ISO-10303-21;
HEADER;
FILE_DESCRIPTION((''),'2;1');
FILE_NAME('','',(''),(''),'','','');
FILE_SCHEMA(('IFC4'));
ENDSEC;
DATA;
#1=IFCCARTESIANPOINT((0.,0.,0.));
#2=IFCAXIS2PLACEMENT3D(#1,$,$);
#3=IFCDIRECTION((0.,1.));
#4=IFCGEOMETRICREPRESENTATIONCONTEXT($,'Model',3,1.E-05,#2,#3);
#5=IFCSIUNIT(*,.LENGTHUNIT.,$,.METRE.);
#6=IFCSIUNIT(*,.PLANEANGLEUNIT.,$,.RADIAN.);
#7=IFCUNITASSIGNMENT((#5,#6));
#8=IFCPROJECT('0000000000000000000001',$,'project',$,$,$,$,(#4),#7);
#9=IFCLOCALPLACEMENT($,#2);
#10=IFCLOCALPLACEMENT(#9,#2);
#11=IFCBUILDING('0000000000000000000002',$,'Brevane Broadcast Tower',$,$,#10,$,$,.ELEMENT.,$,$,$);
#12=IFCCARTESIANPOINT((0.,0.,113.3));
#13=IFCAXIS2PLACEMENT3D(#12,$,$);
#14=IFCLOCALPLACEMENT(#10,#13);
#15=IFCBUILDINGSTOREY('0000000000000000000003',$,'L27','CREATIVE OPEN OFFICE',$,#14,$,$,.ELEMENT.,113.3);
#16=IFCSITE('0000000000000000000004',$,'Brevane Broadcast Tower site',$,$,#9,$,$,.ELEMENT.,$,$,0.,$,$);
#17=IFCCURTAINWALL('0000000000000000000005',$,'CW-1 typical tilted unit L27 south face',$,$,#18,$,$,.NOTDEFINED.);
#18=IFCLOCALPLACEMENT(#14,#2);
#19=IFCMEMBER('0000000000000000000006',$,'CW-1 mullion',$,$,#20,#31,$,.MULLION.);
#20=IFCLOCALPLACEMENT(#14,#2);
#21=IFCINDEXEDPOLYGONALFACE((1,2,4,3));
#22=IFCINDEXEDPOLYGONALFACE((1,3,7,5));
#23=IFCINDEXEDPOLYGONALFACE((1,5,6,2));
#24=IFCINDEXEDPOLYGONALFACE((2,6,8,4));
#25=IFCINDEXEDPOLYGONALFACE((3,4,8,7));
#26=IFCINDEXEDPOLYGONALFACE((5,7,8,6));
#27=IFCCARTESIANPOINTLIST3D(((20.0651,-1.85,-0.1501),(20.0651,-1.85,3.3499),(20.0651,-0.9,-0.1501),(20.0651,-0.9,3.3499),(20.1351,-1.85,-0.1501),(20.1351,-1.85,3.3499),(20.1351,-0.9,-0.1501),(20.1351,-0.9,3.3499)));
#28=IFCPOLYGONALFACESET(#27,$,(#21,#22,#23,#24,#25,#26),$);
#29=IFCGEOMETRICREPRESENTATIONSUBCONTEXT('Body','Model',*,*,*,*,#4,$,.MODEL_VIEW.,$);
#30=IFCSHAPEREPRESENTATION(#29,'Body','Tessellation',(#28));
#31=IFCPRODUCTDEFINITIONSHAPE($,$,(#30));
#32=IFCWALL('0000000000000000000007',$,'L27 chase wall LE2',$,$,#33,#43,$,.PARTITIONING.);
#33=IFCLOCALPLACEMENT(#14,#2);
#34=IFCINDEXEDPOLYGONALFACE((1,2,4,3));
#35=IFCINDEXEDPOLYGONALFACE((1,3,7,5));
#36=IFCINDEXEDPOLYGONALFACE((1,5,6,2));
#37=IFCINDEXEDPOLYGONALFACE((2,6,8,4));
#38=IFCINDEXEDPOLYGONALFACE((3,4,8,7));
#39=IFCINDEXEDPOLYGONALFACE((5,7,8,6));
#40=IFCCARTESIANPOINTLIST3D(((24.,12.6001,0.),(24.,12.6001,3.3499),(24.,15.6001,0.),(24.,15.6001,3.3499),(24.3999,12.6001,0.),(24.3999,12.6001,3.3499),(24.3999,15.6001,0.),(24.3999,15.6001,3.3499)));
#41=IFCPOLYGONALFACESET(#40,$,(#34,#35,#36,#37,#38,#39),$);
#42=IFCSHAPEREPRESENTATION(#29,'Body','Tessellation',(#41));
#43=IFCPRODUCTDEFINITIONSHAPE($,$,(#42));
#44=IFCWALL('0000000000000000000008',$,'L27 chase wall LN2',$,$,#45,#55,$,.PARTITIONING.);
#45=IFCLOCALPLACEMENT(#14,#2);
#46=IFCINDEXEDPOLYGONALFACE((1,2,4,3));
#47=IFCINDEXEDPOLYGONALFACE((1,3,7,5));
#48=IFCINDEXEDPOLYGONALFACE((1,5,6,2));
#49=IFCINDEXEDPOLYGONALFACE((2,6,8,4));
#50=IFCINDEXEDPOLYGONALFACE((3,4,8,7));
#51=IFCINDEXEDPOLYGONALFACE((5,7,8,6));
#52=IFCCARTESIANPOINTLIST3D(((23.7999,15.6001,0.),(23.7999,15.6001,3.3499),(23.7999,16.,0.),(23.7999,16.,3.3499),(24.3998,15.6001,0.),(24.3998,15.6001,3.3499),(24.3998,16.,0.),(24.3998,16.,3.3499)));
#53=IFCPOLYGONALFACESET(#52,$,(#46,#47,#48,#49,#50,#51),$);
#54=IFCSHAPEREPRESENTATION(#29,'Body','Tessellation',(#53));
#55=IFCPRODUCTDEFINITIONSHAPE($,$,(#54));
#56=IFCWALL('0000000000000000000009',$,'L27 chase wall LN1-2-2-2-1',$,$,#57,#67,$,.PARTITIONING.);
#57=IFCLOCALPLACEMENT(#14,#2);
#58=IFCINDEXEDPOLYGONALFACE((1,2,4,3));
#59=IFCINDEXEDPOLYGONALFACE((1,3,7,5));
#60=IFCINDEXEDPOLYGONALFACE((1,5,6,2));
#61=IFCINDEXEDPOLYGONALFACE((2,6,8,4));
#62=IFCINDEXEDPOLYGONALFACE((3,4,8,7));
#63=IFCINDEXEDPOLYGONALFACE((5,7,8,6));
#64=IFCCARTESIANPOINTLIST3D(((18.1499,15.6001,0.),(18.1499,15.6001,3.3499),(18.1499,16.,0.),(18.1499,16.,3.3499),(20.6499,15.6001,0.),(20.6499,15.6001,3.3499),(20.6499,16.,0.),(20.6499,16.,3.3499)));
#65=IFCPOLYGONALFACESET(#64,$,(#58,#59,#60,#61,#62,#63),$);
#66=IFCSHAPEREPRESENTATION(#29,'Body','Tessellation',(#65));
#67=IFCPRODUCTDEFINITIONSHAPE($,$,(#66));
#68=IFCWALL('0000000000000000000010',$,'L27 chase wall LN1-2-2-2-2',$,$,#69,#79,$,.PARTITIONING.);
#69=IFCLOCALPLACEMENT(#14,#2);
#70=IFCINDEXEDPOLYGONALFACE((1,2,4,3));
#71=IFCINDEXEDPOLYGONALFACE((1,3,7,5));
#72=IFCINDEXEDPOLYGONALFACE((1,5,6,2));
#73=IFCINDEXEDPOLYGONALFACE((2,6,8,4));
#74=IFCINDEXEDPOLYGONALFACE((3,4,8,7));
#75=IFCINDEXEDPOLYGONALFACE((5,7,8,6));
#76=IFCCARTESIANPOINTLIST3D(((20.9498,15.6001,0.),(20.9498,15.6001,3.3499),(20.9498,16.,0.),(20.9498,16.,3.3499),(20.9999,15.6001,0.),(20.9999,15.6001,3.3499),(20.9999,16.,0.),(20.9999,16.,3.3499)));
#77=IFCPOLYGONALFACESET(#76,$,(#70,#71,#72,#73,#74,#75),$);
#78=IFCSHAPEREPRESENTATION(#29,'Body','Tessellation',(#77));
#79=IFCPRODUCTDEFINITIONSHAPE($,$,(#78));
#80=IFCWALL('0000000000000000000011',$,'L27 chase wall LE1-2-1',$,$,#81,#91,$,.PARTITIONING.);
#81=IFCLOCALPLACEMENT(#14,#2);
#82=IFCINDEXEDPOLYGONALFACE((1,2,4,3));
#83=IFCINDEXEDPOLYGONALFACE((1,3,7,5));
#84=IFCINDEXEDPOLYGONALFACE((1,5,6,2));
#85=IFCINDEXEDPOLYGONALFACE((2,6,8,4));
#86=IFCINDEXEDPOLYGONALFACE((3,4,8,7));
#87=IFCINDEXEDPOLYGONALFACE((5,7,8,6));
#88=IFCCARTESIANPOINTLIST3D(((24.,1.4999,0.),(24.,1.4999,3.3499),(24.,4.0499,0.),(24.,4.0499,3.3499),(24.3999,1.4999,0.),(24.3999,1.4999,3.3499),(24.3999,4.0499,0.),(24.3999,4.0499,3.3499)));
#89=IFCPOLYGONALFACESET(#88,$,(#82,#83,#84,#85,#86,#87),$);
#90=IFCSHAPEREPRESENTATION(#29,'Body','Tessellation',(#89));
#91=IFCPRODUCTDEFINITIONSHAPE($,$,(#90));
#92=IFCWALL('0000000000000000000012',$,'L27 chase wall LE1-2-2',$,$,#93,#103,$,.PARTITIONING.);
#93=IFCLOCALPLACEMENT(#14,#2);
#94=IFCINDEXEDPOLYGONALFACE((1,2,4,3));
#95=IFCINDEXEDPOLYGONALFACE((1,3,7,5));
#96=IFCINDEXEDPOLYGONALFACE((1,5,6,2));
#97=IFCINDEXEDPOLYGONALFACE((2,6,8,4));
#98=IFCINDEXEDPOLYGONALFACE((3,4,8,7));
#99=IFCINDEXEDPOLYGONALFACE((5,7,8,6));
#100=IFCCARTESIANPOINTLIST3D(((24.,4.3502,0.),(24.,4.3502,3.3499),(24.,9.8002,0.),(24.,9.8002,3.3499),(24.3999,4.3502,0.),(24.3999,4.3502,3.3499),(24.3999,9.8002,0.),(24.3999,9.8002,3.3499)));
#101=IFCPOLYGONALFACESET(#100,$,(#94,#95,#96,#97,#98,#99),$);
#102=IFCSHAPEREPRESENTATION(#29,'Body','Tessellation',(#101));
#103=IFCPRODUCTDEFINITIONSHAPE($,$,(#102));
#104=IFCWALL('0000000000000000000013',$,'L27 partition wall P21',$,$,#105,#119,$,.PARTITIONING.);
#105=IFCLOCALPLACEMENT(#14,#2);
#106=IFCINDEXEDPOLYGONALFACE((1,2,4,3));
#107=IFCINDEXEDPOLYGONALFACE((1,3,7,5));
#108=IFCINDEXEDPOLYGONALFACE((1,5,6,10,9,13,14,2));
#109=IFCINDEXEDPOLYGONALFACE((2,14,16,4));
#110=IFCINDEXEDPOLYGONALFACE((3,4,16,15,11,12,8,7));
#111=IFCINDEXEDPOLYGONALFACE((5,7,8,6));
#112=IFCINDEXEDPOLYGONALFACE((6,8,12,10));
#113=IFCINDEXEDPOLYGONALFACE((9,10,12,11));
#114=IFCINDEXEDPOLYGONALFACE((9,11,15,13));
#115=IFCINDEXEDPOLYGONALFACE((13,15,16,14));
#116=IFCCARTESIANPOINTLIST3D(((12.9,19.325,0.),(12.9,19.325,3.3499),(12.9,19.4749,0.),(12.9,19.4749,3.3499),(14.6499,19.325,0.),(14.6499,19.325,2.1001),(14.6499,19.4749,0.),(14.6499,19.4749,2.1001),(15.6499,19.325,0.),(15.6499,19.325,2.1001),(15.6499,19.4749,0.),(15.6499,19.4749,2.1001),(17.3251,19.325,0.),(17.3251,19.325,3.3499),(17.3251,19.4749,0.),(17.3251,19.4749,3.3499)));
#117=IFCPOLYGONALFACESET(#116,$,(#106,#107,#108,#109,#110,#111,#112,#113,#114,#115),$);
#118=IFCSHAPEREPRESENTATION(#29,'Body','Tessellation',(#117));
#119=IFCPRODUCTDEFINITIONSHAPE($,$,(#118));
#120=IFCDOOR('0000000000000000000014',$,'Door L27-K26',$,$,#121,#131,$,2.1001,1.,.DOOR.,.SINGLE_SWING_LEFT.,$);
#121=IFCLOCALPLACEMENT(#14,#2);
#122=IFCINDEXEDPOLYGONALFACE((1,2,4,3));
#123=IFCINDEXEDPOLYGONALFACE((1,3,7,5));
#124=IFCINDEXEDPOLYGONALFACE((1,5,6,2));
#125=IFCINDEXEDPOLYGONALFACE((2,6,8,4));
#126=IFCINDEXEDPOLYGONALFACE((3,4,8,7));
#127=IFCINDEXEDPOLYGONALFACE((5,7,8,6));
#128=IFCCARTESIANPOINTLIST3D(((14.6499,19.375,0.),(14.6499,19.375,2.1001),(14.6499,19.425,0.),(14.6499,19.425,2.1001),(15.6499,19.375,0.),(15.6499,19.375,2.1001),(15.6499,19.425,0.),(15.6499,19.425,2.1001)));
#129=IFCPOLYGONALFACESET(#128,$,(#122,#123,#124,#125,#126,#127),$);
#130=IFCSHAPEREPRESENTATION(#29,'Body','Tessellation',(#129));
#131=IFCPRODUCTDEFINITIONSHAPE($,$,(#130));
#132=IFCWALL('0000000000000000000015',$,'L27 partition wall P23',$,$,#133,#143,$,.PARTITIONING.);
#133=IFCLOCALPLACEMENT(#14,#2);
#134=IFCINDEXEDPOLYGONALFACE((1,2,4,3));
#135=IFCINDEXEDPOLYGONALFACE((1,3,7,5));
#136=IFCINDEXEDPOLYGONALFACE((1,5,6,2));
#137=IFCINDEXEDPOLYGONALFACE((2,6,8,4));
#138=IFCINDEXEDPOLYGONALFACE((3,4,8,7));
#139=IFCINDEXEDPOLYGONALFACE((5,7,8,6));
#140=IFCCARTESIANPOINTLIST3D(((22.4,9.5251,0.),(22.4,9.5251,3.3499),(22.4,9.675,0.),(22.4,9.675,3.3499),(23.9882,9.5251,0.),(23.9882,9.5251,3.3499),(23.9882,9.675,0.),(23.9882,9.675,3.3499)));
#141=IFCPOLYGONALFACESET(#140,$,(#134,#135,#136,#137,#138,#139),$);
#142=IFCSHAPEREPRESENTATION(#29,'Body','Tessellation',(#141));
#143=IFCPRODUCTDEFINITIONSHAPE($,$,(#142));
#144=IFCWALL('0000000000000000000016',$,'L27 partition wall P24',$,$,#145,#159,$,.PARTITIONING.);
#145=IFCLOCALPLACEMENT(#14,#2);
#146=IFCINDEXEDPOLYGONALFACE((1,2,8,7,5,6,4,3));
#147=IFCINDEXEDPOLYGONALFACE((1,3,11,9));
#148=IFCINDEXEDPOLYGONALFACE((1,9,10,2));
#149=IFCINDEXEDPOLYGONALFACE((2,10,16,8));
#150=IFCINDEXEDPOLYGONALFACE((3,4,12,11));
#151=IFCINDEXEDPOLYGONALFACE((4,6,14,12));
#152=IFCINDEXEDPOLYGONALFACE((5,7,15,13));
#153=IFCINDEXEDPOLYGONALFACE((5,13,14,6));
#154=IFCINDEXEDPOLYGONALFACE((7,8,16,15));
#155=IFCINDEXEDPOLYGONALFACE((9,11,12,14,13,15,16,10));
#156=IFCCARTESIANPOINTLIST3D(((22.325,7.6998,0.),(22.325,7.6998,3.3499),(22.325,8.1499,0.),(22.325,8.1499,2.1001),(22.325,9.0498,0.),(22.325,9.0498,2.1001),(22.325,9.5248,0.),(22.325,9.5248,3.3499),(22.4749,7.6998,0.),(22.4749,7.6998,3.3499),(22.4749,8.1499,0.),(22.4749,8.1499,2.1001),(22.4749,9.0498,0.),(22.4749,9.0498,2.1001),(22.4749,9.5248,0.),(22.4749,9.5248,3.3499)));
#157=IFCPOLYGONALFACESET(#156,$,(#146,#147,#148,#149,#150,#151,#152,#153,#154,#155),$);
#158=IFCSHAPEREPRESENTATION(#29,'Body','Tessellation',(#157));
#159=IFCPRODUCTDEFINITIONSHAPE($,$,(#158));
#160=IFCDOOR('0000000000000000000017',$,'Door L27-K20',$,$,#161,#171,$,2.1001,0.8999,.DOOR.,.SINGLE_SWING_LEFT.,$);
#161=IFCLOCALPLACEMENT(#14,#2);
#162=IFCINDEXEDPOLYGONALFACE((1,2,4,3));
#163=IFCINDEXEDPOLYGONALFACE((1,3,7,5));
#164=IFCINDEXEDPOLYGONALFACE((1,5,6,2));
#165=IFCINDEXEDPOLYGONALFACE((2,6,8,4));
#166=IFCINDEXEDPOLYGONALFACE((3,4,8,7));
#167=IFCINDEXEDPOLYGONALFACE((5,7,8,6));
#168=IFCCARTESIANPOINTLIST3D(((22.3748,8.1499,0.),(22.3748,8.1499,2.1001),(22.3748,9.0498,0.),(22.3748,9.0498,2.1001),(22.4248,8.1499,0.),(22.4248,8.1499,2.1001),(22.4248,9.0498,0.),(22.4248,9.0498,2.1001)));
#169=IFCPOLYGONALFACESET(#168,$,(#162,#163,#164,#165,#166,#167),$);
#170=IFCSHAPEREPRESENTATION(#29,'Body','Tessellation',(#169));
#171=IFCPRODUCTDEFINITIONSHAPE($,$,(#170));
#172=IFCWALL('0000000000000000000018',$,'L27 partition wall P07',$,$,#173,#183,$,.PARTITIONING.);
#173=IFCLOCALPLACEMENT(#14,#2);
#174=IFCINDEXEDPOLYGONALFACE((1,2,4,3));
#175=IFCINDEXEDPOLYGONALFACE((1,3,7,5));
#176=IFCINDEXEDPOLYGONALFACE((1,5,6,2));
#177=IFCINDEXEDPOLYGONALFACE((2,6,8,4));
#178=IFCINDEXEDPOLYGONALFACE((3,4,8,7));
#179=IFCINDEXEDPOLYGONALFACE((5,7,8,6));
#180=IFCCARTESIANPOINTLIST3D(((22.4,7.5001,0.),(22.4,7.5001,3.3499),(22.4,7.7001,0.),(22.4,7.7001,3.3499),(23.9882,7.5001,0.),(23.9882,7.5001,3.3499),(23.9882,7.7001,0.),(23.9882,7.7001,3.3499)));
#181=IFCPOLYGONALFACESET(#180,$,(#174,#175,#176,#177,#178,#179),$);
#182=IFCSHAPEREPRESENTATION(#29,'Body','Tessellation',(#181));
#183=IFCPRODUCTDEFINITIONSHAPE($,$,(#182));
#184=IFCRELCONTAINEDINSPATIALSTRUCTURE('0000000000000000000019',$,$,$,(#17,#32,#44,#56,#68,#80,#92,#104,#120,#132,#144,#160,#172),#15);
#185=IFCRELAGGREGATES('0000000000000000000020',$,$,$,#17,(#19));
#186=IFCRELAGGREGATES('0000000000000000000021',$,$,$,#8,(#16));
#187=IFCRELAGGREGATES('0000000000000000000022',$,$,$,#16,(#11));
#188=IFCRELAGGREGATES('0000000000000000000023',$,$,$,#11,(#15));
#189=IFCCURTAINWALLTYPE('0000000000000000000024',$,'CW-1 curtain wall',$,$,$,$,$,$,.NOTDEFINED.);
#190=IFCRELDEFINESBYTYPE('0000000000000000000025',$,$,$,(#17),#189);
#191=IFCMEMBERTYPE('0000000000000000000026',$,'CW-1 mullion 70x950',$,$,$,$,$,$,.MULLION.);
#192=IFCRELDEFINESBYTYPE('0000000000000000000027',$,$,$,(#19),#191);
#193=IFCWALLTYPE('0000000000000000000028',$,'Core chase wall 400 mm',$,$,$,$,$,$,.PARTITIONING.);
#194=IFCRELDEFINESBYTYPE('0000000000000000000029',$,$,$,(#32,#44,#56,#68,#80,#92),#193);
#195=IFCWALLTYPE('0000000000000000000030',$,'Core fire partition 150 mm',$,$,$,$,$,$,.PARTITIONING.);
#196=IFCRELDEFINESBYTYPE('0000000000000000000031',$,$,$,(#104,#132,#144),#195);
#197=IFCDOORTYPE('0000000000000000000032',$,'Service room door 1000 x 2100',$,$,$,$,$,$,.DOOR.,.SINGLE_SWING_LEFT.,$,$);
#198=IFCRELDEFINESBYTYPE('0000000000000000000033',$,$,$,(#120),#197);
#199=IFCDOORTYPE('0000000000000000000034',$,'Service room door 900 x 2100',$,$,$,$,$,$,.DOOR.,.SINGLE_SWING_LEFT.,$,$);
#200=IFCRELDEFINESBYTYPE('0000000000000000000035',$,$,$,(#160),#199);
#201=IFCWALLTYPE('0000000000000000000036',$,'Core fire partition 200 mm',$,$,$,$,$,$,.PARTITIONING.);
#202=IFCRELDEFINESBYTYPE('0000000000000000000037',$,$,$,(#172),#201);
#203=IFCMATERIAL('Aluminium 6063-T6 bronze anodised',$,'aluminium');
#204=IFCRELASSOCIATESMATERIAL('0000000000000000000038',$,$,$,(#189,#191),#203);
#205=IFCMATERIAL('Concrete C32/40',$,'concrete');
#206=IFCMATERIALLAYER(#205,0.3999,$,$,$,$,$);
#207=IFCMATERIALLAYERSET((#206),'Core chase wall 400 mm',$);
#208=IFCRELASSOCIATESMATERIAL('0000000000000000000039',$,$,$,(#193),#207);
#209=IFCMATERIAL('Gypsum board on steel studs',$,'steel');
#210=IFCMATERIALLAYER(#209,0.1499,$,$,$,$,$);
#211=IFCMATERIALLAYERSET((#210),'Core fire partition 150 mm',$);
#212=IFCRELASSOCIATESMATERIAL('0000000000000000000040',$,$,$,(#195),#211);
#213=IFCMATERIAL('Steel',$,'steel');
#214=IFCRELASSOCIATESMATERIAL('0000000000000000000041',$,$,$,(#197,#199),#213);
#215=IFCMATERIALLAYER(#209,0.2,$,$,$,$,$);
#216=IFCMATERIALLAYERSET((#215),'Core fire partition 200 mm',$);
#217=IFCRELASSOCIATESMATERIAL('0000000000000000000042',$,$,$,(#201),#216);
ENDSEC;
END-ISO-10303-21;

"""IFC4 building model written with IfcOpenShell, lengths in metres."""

from ifc_helpers import new_model, si_unit, direction, frame, frame_2d, origin, origin_2d, place, context, subcontext, project, spatial, rectangle, extrude, material, layer, layer_set, material_profile, profile_set, type_object, element, fill, aggregate, save


model = new_model("IFC4")

# Units and contexts
model_context = context("Model", 3, precision=1e-05, world=origin(), true_north=direction((0.0, 1.0)))
body_context = subcontext(model_context, "Body", "Model", "MODEL_VIEW")
ifc_project = project(units=[si_unit("LENGTHUNIT", "METRE"), si_unit("PLANEANGLEUNIT", "RADIAN")], contexts=[model_context])

# Site, building, storey
site_placement = place(None, origin())
site = spatial("IfcSite", under=ifc_project, at=site_placement, Name="Brevane Broadcast Tower site", CompositionType="ELEMENT", RefElevation=0.0)
building_placement = place(site_placement, origin())
building = spatial("IfcBuilding", under=site, at=building_placement, Name="Brevane Broadcast Tower", CompositionType="ELEMENT")
storey_placement = place(building_placement, frame((0.0, 0.0, 113.3)))
storey = spatial("IfcBuildingStorey", under=building, at=storey_placement, Name="L27", Description="CREATIVE OPEN OFFICE", CompositionType="ELEMENT", Elevation=113.3)

# Curtain wall, member
ifc_material_1 = material(Name="Aluminium 6063-T6 bronze anodised", Category="aluminium")
curtain_wall_type = type_object("IfcCurtainWallType", Name="CW-1 curtain wall", PredefinedType="NOTDEFINED", material=ifc_material_1)
curtain_wall_placement = place(storey_placement, origin())
curtain_wall = element("IfcCurtainWall", 1, at=curtain_wall_placement, inside=storey, type_object=curtain_wall_type, Name="CW-1 typical tilted unit L27 south face", PredefinedType="NOTDEFINED")
ifc_material_profile = material_profile(ifc_material_1, rectangle(XDim=0.95, YDim=0.0701, at=origin_2d()), Name="RECT 70x950")
ifc_profile_set = profile_set([ifc_material_profile], Name="Aluminium 6063-T6 bronze anodised")
member_type = type_object("IfcMemberType", Name="CW-1 mullion 70x950", PredefinedType="MULLION", material=ifc_profile_set)
member_placement = place(storey_placement, frame((20.1001, -1.375, -0.1501), z_axis=(0.0, 0.0, 1.0), x_axis=(0.0, 1.0, 0.0)))
member = element("IfcMember", 2, at=member_placement, type_object=member_type, Name="CW-1 mullion", PredefinedType="MULLION", context=body_context, shape_type="SweptSolid", body=[
    extrude(rectangle(XDim=0.95, YDim=0.0701, at=origin_2d()), origin(), (0.0, 0.0, 1.0), 3.5),
])
aggregate(curtain_wall, [member])

# Walls
ifc_material_2 = material(Name="Concrete C32/40", Category="concrete")
ifc_layer_1 = layer(ifc_material_2, 0.3999)
ifc_layer_set_1 = layer_set([ifc_layer_1], Name="Core chase wall 400 mm")
wall_type_1 = type_object("IfcWallType", Name="Core chase wall 400 mm", PredefinedType="PARTITIONING", material=ifc_layer_set_1)
wall_1_placement = place(storey_placement, frame((24.2, 12.6001, 0.0), z_axis=(0.0, 0.0, 1.0), x_axis=(0.0, 1.0, 0.0)))
element("IfcWall", 3, at=wall_1_placement, inside=storey, type_object=wall_type_1, Name="L27 chase wall LE2", PredefinedType="PARTITIONING", context=body_context, shape_type="SweptSolid", body=[
    extrude(rectangle(XDim=3.0, YDim=0.3999, at=frame_2d((1.5, 0.0))), origin(), (0.0, 0.0, 1.0), 3.3499),
])
wall_2_placement = place(storey_placement, frame((23.8, 15.8, 0.0), z_axis=(0.0, 0.0, 1.0), x_axis=(1.0, 0.0, 0.0)))
element("IfcWall", 4, at=wall_2_placement, inside=storey, type_object=wall_type_1, Name="L27 chase wall LN2", PredefinedType="PARTITIONING", context=body_context, shape_type="SweptSolid", body=[
    extrude(rectangle(XDim=0.5999, YDim=0.3999, at=frame_2d((0.2998, 0.0))), origin(), (0.0, 0.0, 1.0), 3.3499),
])
wall_3_placement = place(storey_placement, frame((18.1499, 15.8, 0.0), z_axis=(0.0, 0.0, 1.0), x_axis=(1.0, 0.0, 0.0)))
element("IfcWall", 5, at=wall_3_placement, inside=storey, type_object=wall_type_1, Name="L27 chase wall LN1-2-2-2-1", PredefinedType="PARTITIONING", context=body_context, shape_type="SweptSolid", body=[
    extrude(rectangle(XDim=2.5, YDim=0.3999, at=frame_2d((1.25, 0.0))), origin(), (0.0, 0.0, 1.0), 3.3499),
])
wall_4_placement = place(storey_placement, frame((20.95, 15.8, 0.0), z_axis=(0.0, 0.0, 1.0), x_axis=(1.0, 0.0, 0.0)))
element("IfcWall", 6, at=wall_4_placement, inside=storey, type_object=wall_type_1, Name="L27 chase wall LN1-2-2-2-2", PredefinedType="PARTITIONING", context=body_context, shape_type="SweptSolid", body=[
    extrude(rectangle(XDim=0.05, YDim=0.3999, at=frame_2d((0.0249, 0.0))), origin(), (0.0, 0.0, 1.0), 3.3499),
])
wall_5_placement = place(storey_placement, frame((24.2, 1.5, 0.0), z_axis=(0.0, 0.0, 1.0), x_axis=(0.0, 1.0, 0.0)))
element("IfcWall", 7, at=wall_5_placement, inside=storey, type_object=wall_type_1, Name="L27 chase wall LE1-2-1", PredefinedType="PARTITIONING", context=body_context, shape_type="SweptSolid", body=[
    extrude(rectangle(XDim=2.55, YDim=0.3999, at=frame_2d((1.2749, 0.0))), origin(), (0.0, 0.0, 1.0), 3.3499),
])
wall_6_placement = place(storey_placement, frame((24.2, 4.3501, 0.0), z_axis=(0.0, 0.0, 1.0), x_axis=(0.0, 1.0, 0.0)))
element("IfcWall", 8, at=wall_6_placement, inside=storey, type_object=wall_type_1, Name="L27 chase wall LE1-2-2", PredefinedType="PARTITIONING", context=body_context, shape_type="SweptSolid", body=[
    extrude(rectangle(XDim=5.45, YDim=0.3999, at=frame_2d((2.7251, 0.0))), origin(), (0.0, 0.0, 1.0), 3.3499),
])

# Wall, opening, door
ifc_material_3 = material(Name="Gypsum board on steel studs", Category="steel")
ifc_layer_2 = layer(ifc_material_3, 0.1499)
ifc_layer_set_2 = layer_set([ifc_layer_2], Name="Core fire partition 150 mm")
wall_type_2 = type_object("IfcWallType", Name="Core fire partition 150 mm", PredefinedType="PARTITIONING", material=ifc_layer_set_2)
wall_7_placement = place(storey_placement, frame((17.325, 19.3999, 0.0), z_axis=(0.0, 0.0, 1.0), x_axis=(-1.0, 0.0, 0.0)))
wall_7 = element("IfcWall", 9, at=wall_7_placement, inside=storey, type_object=wall_type_2, Name="L27 partition wall P21", PredefinedType="PARTITIONING", context=body_context, shape_type="SweptSolid", body=[
    extrude(rectangle(XDim=4.425, YDim=0.1499, at=frame_2d((2.2124, 0.0))), origin(), (0.0, 0.0, 1.0), 3.3499),
])
opening_1_placement = place(wall_7_placement, frame((1.675, 0.0, 0.0)))
opening_1 = element("IfcOpeningElement", 10, at=opening_1_placement, cuts=wall_7, PredefinedType="OPENING", context=body_context, shape_type="SweptSolid", body=[
    extrude(rectangle(XDim=1.0, YDim=2.1001, at=frame_2d((0.5, 1.05))), frame((0.0, 0.085, 0.0), z_axis=(0.0, -1.0, 0.0), x_axis=(1.0, 0.0, 0.0)), (0.0, 0.0, 1.0), 0.1699),
])
ifc_material_4 = material(Name="Steel", Category="steel")
door_type_1 = type_object("IfcDoorType", Name="Service room door 1000 x 2100", OperationType="SINGLE_SWING_LEFT", PredefinedType="DOOR", material=ifc_material_4)
door_1_placement = place(opening_1_placement, origin())
door_1 = element("IfcDoor", 11, at=door_1_placement, inside=storey, type_object=door_type_1, Name="Door L27-K26", OperationType="SINGLE_SWING_LEFT", OverallHeight=2.1001, OverallWidth=1.0, PredefinedType="DOOR", context=body_context, shape_type="SweptSolid", body=[
    extrude(rectangle(XDim=1.0, YDim=2.1001, at=frame_2d((0.5, 1.05))), frame((0.0, 0.0249, 0.0), z_axis=(0.0, -1.0, 0.0), x_axis=(1.0, 0.0, 0.0)), (0.0, 0.0, 1.0), 0.05),
])
fill(opening_1, door_1)

# Wall
wall_8_placement = place(storey_placement, frame((23.988, 9.6001, 0.0), z_axis=(0.0, 0.0, 1.0), x_axis=(-1.0, 0.0, 0.0)))
element("IfcWall", 12, at=wall_8_placement, inside=storey, type_object=wall_type_2, Name="L27 partition wall P23", PredefinedType="PARTITIONING", context=body_context, shape_type="SweptSolid", body=[
    extrude(rectangle(XDim=1.5881, YDim=0.1499, at=frame_2d((0.7939, 0.0))), origin(), (0.0, 0.0, 1.0), 3.3499),
])

# Wall, opening, door
wall_9_placement = place(storey_placement, frame((22.3999, 9.5249, 0.0), z_axis=(0.0, 0.0, 1.0), x_axis=(0.0, -1.0, 0.0)))
wall_9 = element("IfcWall", 13, at=wall_9_placement, inside=storey, type_object=wall_type_2, Name="L27 partition wall P24", PredefinedType="PARTITIONING", context=body_context, shape_type="SweptSolid", body=[
    extrude(rectangle(XDim=1.825, YDim=0.1499, at=frame_2d((0.9126, 0.0))), origin(), (0.0, 0.0, 1.0), 3.3499),
])
opening_2_placement = place(wall_9_placement, frame((0.4751, 0.0, 0.0)))
opening_2 = element("IfcOpeningElement", 14, at=opening_2_placement, cuts=wall_9, PredefinedType="OPENING", context=body_context, shape_type="SweptSolid", body=[
    extrude(rectangle(XDim=0.8999, YDim=2.1001, at=frame_2d((0.45, 1.05))), frame((0.0, 0.085, 0.0), z_axis=(0.0, -1.0, 0.0), x_axis=(1.0, 0.0, 0.0)), (0.0, 0.0, 1.0), 0.1699),
])
door_type_2 = type_object("IfcDoorType", Name="Service room door 900 x 2100", OperationType="SINGLE_SWING_LEFT", PredefinedType="DOOR", material=ifc_material_4)
door_2_placement = place(opening_2_placement, origin())
door_2 = element("IfcDoor", 15, at=door_2_placement, inside=storey, type_object=door_type_2, Name="Door L27-K20", OperationType="SINGLE_SWING_LEFT", OverallHeight=2.1001, OverallWidth=0.8999, PredefinedType="DOOR", context=body_context, shape_type="SweptSolid", body=[
    extrude(rectangle(XDim=0.8999, YDim=2.1001, at=frame_2d((0.45, 1.05))), frame((0.0, 0.0249, 0.0), z_axis=(0.0, -1.0, 0.0), x_axis=(1.0, 0.0, 0.0)), (0.0, 0.0, 1.0), 0.05),
])
fill(opening_2, door_2)

# Wall
ifc_layer_3 = layer(ifc_material_3, 0.2)
ifc_layer_set_3 = layer_set([ifc_layer_3], Name="Core fire partition 200 mm")
wall_type_3 = type_object("IfcWallType", Name="Core fire partition 200 mm", PredefinedType="PARTITIONING", material=ifc_layer_set_3)
wall_10_placement = place(storey_placement, frame((23.988, 7.6001, 0.0), z_axis=(0.0, 0.0, 1.0), x_axis=(-1.0, 0.0, 0.0)))
element("IfcWall", 16, at=wall_10_placement, inside=storey, type_object=wall_type_3, Name="L27 partition wall P07", PredefinedType="PARTITIONING", context=body_context, shape_type="SweptSolid", body=[
    extrude(rectangle(XDim=1.5881, YDim=0.2, at=frame_2d((0.7939, 0.0))), origin(), (0.0, 0.0, 1.0), 3.3499),
])

save(model, "model.ifc")
